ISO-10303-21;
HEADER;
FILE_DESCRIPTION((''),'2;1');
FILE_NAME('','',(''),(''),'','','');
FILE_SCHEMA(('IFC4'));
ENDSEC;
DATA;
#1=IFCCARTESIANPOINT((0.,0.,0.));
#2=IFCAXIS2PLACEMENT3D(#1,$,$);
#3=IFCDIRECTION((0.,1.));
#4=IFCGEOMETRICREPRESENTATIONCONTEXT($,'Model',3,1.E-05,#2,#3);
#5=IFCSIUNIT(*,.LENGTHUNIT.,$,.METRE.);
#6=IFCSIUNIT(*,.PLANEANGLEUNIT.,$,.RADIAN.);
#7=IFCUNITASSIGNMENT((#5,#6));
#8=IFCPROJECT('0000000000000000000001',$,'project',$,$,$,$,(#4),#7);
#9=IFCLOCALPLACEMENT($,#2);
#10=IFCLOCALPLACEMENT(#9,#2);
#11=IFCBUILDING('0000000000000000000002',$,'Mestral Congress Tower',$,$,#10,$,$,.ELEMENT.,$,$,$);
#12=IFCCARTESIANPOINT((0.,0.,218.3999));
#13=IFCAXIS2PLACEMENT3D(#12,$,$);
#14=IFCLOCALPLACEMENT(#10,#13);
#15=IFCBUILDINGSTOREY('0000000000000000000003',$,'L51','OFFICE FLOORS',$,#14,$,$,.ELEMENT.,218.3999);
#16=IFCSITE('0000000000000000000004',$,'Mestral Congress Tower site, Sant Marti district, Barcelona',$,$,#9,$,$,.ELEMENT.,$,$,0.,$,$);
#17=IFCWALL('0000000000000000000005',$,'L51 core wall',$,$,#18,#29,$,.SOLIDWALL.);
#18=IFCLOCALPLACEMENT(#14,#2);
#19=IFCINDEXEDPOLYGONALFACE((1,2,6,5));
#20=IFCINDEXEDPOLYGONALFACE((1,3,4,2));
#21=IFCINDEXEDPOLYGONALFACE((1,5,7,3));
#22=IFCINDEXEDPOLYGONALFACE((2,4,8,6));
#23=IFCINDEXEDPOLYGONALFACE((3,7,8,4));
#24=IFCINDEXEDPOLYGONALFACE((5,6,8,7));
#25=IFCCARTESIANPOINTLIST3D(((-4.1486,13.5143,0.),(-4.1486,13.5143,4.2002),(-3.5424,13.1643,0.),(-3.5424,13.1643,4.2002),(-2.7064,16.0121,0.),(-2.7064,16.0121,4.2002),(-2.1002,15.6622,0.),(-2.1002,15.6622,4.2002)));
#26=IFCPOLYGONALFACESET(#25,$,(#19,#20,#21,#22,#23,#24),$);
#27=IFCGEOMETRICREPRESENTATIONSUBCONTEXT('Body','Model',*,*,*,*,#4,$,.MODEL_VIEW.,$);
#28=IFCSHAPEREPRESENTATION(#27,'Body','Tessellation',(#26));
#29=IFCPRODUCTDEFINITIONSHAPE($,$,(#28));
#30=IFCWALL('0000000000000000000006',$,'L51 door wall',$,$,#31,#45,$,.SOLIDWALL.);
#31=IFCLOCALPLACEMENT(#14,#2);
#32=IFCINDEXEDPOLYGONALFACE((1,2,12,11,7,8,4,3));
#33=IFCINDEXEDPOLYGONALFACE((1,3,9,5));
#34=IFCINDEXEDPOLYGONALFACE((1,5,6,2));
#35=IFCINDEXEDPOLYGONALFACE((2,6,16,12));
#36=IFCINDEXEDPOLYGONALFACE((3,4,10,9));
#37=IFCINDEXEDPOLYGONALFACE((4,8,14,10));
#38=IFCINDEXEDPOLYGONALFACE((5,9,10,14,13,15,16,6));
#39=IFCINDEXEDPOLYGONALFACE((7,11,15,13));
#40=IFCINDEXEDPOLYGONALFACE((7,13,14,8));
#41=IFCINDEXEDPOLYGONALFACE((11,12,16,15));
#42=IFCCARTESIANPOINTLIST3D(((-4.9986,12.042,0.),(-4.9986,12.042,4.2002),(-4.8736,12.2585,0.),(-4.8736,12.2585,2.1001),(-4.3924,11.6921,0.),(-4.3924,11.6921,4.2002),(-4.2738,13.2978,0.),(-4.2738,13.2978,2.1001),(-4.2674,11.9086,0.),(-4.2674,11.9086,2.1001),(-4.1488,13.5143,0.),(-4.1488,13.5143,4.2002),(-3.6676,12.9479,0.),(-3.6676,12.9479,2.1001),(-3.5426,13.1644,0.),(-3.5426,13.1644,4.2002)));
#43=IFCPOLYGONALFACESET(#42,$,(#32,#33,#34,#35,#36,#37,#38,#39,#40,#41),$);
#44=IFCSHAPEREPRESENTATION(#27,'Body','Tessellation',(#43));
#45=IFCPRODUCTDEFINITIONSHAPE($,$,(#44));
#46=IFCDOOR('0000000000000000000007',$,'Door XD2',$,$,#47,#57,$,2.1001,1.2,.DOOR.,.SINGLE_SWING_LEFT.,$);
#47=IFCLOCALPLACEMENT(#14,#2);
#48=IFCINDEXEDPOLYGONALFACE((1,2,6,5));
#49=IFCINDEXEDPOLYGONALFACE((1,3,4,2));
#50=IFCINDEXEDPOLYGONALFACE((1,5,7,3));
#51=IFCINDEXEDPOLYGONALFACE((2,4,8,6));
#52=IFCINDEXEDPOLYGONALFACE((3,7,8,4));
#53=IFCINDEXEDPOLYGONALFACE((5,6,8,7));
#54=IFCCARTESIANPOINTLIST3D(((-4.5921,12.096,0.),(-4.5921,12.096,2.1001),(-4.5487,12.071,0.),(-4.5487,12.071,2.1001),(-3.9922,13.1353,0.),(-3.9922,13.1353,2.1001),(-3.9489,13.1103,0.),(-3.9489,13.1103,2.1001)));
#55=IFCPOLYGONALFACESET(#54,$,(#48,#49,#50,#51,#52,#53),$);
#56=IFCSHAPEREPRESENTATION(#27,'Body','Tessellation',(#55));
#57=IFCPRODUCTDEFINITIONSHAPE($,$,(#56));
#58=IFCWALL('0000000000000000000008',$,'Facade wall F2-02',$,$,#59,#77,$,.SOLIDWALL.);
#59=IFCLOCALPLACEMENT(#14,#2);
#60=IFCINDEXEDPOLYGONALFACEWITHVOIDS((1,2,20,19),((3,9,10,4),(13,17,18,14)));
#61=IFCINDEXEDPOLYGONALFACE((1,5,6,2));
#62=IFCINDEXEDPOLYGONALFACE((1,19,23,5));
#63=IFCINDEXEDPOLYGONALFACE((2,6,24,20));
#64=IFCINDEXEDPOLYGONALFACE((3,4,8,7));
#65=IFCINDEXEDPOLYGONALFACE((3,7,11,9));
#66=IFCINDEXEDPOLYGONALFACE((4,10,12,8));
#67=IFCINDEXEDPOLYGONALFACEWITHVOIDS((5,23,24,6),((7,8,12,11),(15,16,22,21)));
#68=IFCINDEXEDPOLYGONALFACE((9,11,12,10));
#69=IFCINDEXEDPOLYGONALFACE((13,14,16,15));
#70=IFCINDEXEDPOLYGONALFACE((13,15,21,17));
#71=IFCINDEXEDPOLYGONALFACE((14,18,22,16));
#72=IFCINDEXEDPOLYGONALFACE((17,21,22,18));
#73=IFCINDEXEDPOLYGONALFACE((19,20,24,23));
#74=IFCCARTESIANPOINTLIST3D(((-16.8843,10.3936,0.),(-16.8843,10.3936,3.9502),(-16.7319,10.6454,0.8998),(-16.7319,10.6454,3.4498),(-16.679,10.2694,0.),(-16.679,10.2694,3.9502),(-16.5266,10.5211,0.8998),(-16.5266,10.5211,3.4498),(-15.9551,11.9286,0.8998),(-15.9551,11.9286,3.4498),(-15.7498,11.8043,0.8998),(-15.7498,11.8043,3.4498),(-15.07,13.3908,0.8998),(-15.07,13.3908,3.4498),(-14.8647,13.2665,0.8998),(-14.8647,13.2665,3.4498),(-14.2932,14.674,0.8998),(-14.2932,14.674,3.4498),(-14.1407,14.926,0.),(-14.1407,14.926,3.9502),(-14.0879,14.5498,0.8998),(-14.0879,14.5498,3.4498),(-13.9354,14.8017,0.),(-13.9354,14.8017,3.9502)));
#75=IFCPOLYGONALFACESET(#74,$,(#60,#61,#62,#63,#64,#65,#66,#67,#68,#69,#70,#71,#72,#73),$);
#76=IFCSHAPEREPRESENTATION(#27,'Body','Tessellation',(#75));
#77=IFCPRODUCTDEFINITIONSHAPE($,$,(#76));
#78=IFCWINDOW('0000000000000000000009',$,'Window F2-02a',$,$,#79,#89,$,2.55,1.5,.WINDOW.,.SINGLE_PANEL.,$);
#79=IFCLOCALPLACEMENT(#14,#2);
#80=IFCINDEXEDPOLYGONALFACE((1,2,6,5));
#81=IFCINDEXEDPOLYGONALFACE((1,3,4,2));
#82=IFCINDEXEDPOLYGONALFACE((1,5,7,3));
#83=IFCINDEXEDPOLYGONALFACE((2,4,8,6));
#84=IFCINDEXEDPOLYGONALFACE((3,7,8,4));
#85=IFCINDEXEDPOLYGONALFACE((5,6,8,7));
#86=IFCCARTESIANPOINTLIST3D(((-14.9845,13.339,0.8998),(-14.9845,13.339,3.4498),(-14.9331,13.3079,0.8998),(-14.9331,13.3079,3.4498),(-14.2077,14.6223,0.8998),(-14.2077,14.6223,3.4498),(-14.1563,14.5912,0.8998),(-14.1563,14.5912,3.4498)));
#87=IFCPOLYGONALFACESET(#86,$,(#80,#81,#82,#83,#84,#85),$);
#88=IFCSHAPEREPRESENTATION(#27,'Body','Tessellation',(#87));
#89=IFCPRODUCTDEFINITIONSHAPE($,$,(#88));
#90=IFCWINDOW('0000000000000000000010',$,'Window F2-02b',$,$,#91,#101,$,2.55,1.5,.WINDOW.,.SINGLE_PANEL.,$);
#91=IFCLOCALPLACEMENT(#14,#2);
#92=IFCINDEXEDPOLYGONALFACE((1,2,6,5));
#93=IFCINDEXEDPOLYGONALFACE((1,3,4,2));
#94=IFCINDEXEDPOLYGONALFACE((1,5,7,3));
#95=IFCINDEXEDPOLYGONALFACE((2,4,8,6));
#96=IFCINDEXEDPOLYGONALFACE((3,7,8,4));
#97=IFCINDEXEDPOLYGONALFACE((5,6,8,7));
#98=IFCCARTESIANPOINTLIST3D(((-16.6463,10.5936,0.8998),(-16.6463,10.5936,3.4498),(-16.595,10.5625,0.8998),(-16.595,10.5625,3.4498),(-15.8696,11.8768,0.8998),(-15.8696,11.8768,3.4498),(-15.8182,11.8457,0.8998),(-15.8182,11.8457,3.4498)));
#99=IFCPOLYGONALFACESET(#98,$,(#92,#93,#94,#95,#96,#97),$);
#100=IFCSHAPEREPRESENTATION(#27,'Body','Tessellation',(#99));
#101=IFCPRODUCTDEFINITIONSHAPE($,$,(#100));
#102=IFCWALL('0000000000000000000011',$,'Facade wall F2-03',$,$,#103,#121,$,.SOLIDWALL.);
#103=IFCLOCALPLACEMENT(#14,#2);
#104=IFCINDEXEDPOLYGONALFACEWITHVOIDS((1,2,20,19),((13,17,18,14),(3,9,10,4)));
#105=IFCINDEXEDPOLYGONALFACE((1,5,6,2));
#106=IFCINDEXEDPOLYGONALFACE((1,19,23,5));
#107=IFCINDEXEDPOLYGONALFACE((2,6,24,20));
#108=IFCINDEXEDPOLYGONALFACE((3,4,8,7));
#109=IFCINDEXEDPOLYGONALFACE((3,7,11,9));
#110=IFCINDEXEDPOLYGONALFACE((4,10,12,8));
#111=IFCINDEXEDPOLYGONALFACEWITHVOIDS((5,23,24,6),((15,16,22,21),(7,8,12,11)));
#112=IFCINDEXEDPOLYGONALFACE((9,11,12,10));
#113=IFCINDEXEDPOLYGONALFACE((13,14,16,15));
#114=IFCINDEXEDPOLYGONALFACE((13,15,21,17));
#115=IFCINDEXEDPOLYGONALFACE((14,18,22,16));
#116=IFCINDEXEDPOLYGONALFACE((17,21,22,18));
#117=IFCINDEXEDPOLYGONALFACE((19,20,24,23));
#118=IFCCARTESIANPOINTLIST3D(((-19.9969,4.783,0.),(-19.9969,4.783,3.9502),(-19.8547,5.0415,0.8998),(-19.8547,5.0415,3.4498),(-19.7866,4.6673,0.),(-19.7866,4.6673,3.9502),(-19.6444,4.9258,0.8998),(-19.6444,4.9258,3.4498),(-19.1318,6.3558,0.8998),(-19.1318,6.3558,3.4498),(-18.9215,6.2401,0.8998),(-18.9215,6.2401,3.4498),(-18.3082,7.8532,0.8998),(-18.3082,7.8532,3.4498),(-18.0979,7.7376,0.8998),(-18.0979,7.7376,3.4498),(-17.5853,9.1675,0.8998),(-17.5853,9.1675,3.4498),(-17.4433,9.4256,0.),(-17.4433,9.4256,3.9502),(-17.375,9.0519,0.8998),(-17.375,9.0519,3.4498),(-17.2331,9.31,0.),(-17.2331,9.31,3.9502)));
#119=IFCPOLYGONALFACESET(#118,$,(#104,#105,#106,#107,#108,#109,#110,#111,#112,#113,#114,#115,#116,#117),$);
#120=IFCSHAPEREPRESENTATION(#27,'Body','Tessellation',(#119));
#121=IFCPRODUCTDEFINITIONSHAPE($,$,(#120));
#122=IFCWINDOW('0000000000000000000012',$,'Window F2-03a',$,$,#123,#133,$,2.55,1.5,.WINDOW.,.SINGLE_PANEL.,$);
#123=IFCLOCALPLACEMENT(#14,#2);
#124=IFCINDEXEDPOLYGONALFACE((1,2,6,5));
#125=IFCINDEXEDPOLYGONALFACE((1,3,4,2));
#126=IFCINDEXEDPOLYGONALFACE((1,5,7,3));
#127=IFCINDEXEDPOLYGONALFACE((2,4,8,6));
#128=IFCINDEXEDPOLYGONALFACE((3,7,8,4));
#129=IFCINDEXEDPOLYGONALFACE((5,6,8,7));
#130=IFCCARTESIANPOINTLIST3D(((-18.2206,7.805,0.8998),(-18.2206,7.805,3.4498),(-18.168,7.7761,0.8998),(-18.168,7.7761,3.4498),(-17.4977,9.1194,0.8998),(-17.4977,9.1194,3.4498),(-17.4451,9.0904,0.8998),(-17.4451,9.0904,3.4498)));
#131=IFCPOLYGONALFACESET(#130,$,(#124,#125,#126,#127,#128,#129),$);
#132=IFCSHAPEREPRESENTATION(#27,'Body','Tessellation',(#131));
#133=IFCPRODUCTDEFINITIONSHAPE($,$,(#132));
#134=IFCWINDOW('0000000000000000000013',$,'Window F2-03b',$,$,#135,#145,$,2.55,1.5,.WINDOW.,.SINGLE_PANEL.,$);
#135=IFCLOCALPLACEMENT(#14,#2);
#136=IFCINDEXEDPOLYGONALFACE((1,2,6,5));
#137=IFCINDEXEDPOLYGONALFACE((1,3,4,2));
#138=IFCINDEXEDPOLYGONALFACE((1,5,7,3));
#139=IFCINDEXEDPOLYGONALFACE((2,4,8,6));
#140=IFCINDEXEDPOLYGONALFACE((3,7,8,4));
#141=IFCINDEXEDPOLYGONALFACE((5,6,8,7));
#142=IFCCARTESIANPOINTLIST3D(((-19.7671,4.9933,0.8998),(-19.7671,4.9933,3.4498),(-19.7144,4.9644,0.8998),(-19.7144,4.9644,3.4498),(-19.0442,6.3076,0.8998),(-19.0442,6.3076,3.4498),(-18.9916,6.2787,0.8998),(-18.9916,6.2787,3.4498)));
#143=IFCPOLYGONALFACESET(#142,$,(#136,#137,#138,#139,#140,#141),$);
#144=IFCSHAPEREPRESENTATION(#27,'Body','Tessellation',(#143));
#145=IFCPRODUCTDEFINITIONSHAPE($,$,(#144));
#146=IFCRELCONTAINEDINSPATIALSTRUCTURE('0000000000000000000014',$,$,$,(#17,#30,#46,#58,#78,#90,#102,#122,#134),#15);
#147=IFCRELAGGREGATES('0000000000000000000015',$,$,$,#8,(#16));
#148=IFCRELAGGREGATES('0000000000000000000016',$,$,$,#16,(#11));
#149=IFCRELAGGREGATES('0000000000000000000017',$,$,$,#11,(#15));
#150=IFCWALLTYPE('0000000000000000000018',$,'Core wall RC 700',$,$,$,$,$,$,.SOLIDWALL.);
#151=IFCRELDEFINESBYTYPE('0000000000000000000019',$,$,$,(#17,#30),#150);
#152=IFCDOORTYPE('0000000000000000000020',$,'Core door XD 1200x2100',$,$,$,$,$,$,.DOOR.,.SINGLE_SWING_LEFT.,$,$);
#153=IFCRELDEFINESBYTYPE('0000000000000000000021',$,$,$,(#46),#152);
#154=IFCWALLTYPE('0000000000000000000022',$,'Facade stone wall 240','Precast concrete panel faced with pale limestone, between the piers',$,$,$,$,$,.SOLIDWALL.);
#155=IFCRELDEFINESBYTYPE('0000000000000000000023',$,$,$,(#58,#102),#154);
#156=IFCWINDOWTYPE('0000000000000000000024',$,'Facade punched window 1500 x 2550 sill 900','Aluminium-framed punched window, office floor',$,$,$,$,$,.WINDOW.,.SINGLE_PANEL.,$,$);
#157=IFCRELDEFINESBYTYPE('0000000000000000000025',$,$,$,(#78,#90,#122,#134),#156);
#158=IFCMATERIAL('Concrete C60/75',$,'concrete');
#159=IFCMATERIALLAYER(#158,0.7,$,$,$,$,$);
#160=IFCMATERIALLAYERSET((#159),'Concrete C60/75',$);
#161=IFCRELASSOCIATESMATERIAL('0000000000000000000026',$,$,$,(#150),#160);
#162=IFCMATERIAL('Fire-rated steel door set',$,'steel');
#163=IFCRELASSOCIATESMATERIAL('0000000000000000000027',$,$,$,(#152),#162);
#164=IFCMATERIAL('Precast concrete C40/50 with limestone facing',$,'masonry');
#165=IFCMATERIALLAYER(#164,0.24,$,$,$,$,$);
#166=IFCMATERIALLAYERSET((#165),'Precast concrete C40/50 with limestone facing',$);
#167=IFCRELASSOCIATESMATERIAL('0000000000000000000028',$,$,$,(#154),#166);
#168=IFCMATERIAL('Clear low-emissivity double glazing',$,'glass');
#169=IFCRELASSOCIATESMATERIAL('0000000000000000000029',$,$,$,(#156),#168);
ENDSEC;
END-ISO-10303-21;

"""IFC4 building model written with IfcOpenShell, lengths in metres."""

from ifc_helpers import new_model, si_unit, direction, frame, frame_2d, origin, place, context, subcontext, project, spatial, rectangle, extrude, material, layer, layer_set, type_object, element, fill, save


model = new_model("IFC4")

# Units and contexts
model_context = context("Model", 3, precision=1e-05, world=origin(), true_north=direction((0.0, 1.0)))
body_context = subcontext(model_context, "Body", "Model", "MODEL_VIEW")
ifc_project = project(units=[si_unit("LENGTHUNIT", "METRE"), si_unit("PLANEANGLEUNIT", "RADIAN")], contexts=[model_context])

# Site, building, storey
site_placement = place(None, origin())
site = spatial("IfcSite", under=ifc_project, at=site_placement, Name="Mestral Congress Tower site, Sant Marti district, Barcelona", CompositionType="ELEMENT", RefElevation=0.0)
building_placement = place(site_placement, origin())
building = spatial("IfcBuilding", under=site, at=building_placement, Name="Mestral Congress Tower", CompositionType="ELEMENT")
storey_placement = place(building_placement, frame((0.0, 0.0, 218.3999)))
storey = spatial("IfcBuildingStorey", under=building, at=storey_placement, Name="L51", Description="OFFICE FLOORS", CompositionType="ELEMENT", Elevation=218.3999)

# Shared definitions
ifc_material_1 = material(Name="Concrete C60/75", Category="concrete")

# Wall
ifc_layer_1 = layer(ifc_material_1, 0.7)
ifc_layer_set_1 = layer_set([ifc_layer_1], Name="Concrete C60/75")
wall_type_1 = type_object("IfcWallType", Name="Core wall RC 700", PredefinedType="SOLIDWALL", material=ifc_layer_set_1)
wall_1_placement = place(storey_placement, frame((-2.4033, 15.8372, 0.0), z_axis=(0.0, 0.0, 1.0), x_axis=(-0.500008, -0.866021, 0.0)))
element("IfcWall", 1, at=wall_1_placement, inside=storey, type_object=wall_type_1, Name="L51 core wall", PredefinedType="SOLIDWALL", context=body_context, shape_type="SweptSolid", body=[
    extrude(rectangle(XDim=2.8843, YDim=0.7, at=frame_2d((1.4421, 0.0))), origin(), (0.0, 0.0, 1.0), 4.2002),
])

# Wall, opening, door
wall_2_placement = place(storey_placement, frame((-4.6956, 11.8669, 0.0), z_axis=(0.0, 0.0, 1.0), x_axis=(0.499892, 0.866088, 0.0)))
wall_2 = element("IfcWall", 2, at=wall_2_placement, inside=storey, type_object=wall_type_1, Name="L51 door wall", PredefinedType="SOLIDWALL", context=body_context, shape_type="SweptSolid", body=[
    extrude(rectangle(XDim=1.7, YDim=0.7, at=frame_2d((0.8501, 0.0))), origin(), (0.0, 0.0, 1.0), 4.2002),
])
opening_1_placement = place(wall_2_placement, frame((0.25, 0.0, 0.0)))
opening_1 = element("IfcOpeningElement", 3, at=opening_1_placement, cuts=wall_2, PredefinedType="OPENING", context=body_context, shape_type="SweptSolid", body=[
    extrude(rectangle(XDim=1.2, YDim=2.1001, at=frame_2d((0.6001, 1.05))), frame((0.0, 0.3599, 0.0), z_axis=(0.0, -1.0, 0.0), x_axis=(1.0, 0.0, 0.0)), (0.0, 0.0, 1.0), 0.72),
])
ifc_material_2 = material(Name="Fire-rated steel door set", Category="steel")
door_type_1 = type_object("IfcDoorType", Name="Core door XD 1200x2100", OperationType="SINGLE_SWING_LEFT", PredefinedType="DOOR", material=ifc_material_2)
door_1_placement = place(opening_1_placement, origin())
door_1 = element("IfcDoor", 4, at=door_1_placement, inside=storey, type_object=door_type_1, Name="Door XD2", OperationType="SINGLE_SWING_LEFT", OverallHeight=2.1001, OverallWidth=1.2, PredefinedType="DOOR", context=body_context, shape_type="SweptSolid", body=[
    extrude(rectangle(XDim=1.2, YDim=2.1001, at=frame_2d((0.6001, 1.05))), frame((0.0, 0.0249, 0.0), z_axis=(0.0, -1.0, 0.0), x_axis=(1.0, 0.0, 0.0)), (0.0, 0.0, 1.0), 0.05),
])
fill(opening_1, door_1)

# Walls, openings, windows
ifc_material_3 = material(Name="Precast concrete C40/50 with limestone facing", Category="masonry")
ifc_layer_2 = layer(ifc_material_3, 0.24)
ifc_layer_set_2 = layer_set([ifc_layer_2], Name="Precast concrete C40/50 with limestone facing")
wall_type_2 = type_object("IfcWallType", Name="Facade stone wall 240", Description="Precast concrete panel faced with pale limestone, between the piers", PredefinedType="SOLIDWALL", material=ifc_layer_set_2)
wall_3_placement = place(storey_placement, frame((-14.0381, 14.8638, 0.0), z_axis=(0.0, 0.0, 1.0), x_axis=(-0.517846, -0.855474, 0.0)))
wall_3 = element("IfcWall", 5, at=wall_3_placement, inside=storey, type_object=wall_type_2, Name="Facade wall F2-02", PredefinedType="SOLIDWALL", context=body_context, shape_type="SweptSolid", body=[
    extrude(rectangle(XDim=5.2981, YDim=0.24, at=frame_2d((2.6489, 0.0))), origin(), (0.0, 0.0, 1.0), 3.9502),
])
opening_2_placement = place(wall_3_placement, frame((0.2944, 0.0, 0.8999)))
opening_2 = element("IfcOpeningElement", 6, at=opening_2_placement, cuts=wall_3, PredefinedType="OPENING", context=body_context, shape_type="SweptSolid", body=[
    extrude(rectangle(XDim=1.5, YDim=2.55, at=frame_2d((0.75, 1.2749))), frame((0.0, 0.1299, 0.0), z_axis=(0.0, -1.0, 0.0), x_axis=(1.0, 0.0, 0.0)), (0.0, 0.0, 1.0), 0.26),
])
opening_3_placement = place(wall_3_placement, frame((3.5037, 0.0, 0.8999)))
opening_3 = element("IfcOpeningElement", 7, at=opening_3_placement, cuts=wall_3, PredefinedType="OPENING", context=body_context, shape_type="SweptSolid", body=[
    extrude(rectangle(XDim=1.5, YDim=2.55, at=frame_2d((0.75, 1.2749))), frame((0.0, 0.1299, 0.0), z_axis=(0.0, -1.0, 0.0), x_axis=(1.0, 0.0, 0.0)), (0.0, 0.0, 1.0), 0.26),
])
ifc_material_4 = material(Name="Clear low-emissivity double glazing", Category="glass")
window_type = type_object("IfcWindowType", Name="Facade punched window 1500 x 2550 sill 900", Description="Aluminium-framed punched window, office floor", PartitioningType="SINGLE_PANEL", PredefinedType="WINDOW", material=ifc_material_4)
window_1_placement = place(opening_2_placement, origin())
window_1 = element("IfcWindow", 8, at=window_1_placement, inside=storey, type_object=window_type, Name="Window F2-02a", OverallHeight=2.55, OverallWidth=1.5, PartitioningType="SINGLE_PANEL", PredefinedType="WINDOW", context=body_context, shape_type="SweptSolid", body=[
    extrude(rectangle(XDim=1.5, YDim=2.55, at=frame_2d((0.75, 1.2749))), frame((0.0, 0.04, 0.0), z_axis=(0.0, -1.0, 0.0), x_axis=(1.0, 0.0, 0.0)), (0.0, 0.0, 1.0), 0.0601),
])
fill(opening_2, window_1)
window_2_placement = place(opening_3_placement, origin())
window_2 = element("IfcWindow", 9, at=window_2_placement, inside=storey, type_object=window_type, Name="Window F2-02b", OverallHeight=2.55, OverallWidth=1.5, PartitioningType="SINGLE_PANEL", PredefinedType="WINDOW", context=body_context, shape_type="SweptSolid", body=[
    extrude(rectangle(XDim=1.5, YDim=2.55, at=frame_2d((0.75, 1.2749))), frame((0.0, 0.04, 0.0), z_axis=(0.0, -1.0, 0.0), x_axis=(1.0, 0.0, 0.0)), (0.0, 0.0, 1.0), 0.0601),
])
fill(opening_3, window_2)
wall_4_placement = place(storey_placement, frame((-17.3381, 9.3679, 0.0), z_axis=(0.0, 0.0, 1.0), x_axis=(-0.481926, -0.876212, 0.0)))
wall_4 = element("IfcWall", 10, at=wall_4_placement, inside=storey, type_object=wall_type_2, Name="Facade wall F2-03", PredefinedType="SOLIDWALL", context=body_context, shape_type="SweptSolid", body=[
    extrude(rectangle(XDim=5.2986, YDim=0.24, at=frame_2d((2.6494, 0.0))), origin(), (0.0, 0.0, 1.0), 3.9502),
])
opening_4_placement = place(wall_4_placement, frame((0.2947, 0.0, 0.8999)))
opening_4 = element("IfcOpeningElement", 11, at=opening_4_placement, cuts=wall_4, PredefinedType="OPENING", context=body_context, shape_type="SweptSolid", body=[
    extrude(rectangle(XDim=1.5, YDim=2.55, at=frame_2d((0.75, 1.2749))), frame((0.0, 0.1299, 0.0), z_axis=(0.0, -1.0, 0.0), x_axis=(1.0, 0.0, 0.0)), (0.0, 0.0, 1.0), 0.26),
])
opening_5_placement = place(wall_4_placement, frame((3.5037, 0.0, 0.8999)))
opening_5 = element("IfcOpeningElement", 12, at=opening_5_placement, cuts=wall_4, PredefinedType="OPENING", context=body_context, shape_type="SweptSolid", body=[
    extrude(rectangle(XDim=1.5, YDim=2.55, at=frame_2d((0.75, 1.2749))), frame((0.0, 0.1299, 0.0), z_axis=(0.0, -1.0, 0.0), x_axis=(1.0, 0.0, 0.0)), (0.0, 0.0, 1.0), 0.26),
])
window_3_placement = place(opening_4_placement, origin())
window_3 = element("IfcWindow", 13, at=window_3_placement, inside=storey, type_object=window_type, Name="Window F2-03a", OverallHeight=2.55, OverallWidth=1.5, PartitioningType="SINGLE_PANEL", PredefinedType="WINDOW", context=body_context, shape_type="SweptSolid", body=[
    extrude(rectangle(XDim=1.5, YDim=2.55, at=frame_2d((0.75, 1.2749))), frame((0.0, 0.04, 0.0), z_axis=(0.0, -1.0, 0.0), x_axis=(1.0, 0.0, 0.0)), (0.0, 0.0, 1.0), 0.0601),
])
fill(opening_4, window_3)
window_4_placement = place(opening_5_placement, origin())
window_4 = element("IfcWindow", 14, at=window_4_placement, inside=storey, type_object=window_type, Name="Window F2-03b", OverallHeight=2.55, OverallWidth=1.5, PartitioningType="SINGLE_PANEL", PredefinedType="WINDOW", context=body_context, shape_type="SweptSolid", body=[
    extrude(rectangle(XDim=1.5, YDim=2.55, at=frame_2d((0.75, 1.2749))), frame((0.0, 0.04, 0.0), z_axis=(0.0, -1.0, 0.0), x_axis=(1.0, 0.0, 0.0)), (0.0, 0.0, 1.0), 0.0601),
])
fill(opening_5, window_4)

save(model, "model.ifc")
